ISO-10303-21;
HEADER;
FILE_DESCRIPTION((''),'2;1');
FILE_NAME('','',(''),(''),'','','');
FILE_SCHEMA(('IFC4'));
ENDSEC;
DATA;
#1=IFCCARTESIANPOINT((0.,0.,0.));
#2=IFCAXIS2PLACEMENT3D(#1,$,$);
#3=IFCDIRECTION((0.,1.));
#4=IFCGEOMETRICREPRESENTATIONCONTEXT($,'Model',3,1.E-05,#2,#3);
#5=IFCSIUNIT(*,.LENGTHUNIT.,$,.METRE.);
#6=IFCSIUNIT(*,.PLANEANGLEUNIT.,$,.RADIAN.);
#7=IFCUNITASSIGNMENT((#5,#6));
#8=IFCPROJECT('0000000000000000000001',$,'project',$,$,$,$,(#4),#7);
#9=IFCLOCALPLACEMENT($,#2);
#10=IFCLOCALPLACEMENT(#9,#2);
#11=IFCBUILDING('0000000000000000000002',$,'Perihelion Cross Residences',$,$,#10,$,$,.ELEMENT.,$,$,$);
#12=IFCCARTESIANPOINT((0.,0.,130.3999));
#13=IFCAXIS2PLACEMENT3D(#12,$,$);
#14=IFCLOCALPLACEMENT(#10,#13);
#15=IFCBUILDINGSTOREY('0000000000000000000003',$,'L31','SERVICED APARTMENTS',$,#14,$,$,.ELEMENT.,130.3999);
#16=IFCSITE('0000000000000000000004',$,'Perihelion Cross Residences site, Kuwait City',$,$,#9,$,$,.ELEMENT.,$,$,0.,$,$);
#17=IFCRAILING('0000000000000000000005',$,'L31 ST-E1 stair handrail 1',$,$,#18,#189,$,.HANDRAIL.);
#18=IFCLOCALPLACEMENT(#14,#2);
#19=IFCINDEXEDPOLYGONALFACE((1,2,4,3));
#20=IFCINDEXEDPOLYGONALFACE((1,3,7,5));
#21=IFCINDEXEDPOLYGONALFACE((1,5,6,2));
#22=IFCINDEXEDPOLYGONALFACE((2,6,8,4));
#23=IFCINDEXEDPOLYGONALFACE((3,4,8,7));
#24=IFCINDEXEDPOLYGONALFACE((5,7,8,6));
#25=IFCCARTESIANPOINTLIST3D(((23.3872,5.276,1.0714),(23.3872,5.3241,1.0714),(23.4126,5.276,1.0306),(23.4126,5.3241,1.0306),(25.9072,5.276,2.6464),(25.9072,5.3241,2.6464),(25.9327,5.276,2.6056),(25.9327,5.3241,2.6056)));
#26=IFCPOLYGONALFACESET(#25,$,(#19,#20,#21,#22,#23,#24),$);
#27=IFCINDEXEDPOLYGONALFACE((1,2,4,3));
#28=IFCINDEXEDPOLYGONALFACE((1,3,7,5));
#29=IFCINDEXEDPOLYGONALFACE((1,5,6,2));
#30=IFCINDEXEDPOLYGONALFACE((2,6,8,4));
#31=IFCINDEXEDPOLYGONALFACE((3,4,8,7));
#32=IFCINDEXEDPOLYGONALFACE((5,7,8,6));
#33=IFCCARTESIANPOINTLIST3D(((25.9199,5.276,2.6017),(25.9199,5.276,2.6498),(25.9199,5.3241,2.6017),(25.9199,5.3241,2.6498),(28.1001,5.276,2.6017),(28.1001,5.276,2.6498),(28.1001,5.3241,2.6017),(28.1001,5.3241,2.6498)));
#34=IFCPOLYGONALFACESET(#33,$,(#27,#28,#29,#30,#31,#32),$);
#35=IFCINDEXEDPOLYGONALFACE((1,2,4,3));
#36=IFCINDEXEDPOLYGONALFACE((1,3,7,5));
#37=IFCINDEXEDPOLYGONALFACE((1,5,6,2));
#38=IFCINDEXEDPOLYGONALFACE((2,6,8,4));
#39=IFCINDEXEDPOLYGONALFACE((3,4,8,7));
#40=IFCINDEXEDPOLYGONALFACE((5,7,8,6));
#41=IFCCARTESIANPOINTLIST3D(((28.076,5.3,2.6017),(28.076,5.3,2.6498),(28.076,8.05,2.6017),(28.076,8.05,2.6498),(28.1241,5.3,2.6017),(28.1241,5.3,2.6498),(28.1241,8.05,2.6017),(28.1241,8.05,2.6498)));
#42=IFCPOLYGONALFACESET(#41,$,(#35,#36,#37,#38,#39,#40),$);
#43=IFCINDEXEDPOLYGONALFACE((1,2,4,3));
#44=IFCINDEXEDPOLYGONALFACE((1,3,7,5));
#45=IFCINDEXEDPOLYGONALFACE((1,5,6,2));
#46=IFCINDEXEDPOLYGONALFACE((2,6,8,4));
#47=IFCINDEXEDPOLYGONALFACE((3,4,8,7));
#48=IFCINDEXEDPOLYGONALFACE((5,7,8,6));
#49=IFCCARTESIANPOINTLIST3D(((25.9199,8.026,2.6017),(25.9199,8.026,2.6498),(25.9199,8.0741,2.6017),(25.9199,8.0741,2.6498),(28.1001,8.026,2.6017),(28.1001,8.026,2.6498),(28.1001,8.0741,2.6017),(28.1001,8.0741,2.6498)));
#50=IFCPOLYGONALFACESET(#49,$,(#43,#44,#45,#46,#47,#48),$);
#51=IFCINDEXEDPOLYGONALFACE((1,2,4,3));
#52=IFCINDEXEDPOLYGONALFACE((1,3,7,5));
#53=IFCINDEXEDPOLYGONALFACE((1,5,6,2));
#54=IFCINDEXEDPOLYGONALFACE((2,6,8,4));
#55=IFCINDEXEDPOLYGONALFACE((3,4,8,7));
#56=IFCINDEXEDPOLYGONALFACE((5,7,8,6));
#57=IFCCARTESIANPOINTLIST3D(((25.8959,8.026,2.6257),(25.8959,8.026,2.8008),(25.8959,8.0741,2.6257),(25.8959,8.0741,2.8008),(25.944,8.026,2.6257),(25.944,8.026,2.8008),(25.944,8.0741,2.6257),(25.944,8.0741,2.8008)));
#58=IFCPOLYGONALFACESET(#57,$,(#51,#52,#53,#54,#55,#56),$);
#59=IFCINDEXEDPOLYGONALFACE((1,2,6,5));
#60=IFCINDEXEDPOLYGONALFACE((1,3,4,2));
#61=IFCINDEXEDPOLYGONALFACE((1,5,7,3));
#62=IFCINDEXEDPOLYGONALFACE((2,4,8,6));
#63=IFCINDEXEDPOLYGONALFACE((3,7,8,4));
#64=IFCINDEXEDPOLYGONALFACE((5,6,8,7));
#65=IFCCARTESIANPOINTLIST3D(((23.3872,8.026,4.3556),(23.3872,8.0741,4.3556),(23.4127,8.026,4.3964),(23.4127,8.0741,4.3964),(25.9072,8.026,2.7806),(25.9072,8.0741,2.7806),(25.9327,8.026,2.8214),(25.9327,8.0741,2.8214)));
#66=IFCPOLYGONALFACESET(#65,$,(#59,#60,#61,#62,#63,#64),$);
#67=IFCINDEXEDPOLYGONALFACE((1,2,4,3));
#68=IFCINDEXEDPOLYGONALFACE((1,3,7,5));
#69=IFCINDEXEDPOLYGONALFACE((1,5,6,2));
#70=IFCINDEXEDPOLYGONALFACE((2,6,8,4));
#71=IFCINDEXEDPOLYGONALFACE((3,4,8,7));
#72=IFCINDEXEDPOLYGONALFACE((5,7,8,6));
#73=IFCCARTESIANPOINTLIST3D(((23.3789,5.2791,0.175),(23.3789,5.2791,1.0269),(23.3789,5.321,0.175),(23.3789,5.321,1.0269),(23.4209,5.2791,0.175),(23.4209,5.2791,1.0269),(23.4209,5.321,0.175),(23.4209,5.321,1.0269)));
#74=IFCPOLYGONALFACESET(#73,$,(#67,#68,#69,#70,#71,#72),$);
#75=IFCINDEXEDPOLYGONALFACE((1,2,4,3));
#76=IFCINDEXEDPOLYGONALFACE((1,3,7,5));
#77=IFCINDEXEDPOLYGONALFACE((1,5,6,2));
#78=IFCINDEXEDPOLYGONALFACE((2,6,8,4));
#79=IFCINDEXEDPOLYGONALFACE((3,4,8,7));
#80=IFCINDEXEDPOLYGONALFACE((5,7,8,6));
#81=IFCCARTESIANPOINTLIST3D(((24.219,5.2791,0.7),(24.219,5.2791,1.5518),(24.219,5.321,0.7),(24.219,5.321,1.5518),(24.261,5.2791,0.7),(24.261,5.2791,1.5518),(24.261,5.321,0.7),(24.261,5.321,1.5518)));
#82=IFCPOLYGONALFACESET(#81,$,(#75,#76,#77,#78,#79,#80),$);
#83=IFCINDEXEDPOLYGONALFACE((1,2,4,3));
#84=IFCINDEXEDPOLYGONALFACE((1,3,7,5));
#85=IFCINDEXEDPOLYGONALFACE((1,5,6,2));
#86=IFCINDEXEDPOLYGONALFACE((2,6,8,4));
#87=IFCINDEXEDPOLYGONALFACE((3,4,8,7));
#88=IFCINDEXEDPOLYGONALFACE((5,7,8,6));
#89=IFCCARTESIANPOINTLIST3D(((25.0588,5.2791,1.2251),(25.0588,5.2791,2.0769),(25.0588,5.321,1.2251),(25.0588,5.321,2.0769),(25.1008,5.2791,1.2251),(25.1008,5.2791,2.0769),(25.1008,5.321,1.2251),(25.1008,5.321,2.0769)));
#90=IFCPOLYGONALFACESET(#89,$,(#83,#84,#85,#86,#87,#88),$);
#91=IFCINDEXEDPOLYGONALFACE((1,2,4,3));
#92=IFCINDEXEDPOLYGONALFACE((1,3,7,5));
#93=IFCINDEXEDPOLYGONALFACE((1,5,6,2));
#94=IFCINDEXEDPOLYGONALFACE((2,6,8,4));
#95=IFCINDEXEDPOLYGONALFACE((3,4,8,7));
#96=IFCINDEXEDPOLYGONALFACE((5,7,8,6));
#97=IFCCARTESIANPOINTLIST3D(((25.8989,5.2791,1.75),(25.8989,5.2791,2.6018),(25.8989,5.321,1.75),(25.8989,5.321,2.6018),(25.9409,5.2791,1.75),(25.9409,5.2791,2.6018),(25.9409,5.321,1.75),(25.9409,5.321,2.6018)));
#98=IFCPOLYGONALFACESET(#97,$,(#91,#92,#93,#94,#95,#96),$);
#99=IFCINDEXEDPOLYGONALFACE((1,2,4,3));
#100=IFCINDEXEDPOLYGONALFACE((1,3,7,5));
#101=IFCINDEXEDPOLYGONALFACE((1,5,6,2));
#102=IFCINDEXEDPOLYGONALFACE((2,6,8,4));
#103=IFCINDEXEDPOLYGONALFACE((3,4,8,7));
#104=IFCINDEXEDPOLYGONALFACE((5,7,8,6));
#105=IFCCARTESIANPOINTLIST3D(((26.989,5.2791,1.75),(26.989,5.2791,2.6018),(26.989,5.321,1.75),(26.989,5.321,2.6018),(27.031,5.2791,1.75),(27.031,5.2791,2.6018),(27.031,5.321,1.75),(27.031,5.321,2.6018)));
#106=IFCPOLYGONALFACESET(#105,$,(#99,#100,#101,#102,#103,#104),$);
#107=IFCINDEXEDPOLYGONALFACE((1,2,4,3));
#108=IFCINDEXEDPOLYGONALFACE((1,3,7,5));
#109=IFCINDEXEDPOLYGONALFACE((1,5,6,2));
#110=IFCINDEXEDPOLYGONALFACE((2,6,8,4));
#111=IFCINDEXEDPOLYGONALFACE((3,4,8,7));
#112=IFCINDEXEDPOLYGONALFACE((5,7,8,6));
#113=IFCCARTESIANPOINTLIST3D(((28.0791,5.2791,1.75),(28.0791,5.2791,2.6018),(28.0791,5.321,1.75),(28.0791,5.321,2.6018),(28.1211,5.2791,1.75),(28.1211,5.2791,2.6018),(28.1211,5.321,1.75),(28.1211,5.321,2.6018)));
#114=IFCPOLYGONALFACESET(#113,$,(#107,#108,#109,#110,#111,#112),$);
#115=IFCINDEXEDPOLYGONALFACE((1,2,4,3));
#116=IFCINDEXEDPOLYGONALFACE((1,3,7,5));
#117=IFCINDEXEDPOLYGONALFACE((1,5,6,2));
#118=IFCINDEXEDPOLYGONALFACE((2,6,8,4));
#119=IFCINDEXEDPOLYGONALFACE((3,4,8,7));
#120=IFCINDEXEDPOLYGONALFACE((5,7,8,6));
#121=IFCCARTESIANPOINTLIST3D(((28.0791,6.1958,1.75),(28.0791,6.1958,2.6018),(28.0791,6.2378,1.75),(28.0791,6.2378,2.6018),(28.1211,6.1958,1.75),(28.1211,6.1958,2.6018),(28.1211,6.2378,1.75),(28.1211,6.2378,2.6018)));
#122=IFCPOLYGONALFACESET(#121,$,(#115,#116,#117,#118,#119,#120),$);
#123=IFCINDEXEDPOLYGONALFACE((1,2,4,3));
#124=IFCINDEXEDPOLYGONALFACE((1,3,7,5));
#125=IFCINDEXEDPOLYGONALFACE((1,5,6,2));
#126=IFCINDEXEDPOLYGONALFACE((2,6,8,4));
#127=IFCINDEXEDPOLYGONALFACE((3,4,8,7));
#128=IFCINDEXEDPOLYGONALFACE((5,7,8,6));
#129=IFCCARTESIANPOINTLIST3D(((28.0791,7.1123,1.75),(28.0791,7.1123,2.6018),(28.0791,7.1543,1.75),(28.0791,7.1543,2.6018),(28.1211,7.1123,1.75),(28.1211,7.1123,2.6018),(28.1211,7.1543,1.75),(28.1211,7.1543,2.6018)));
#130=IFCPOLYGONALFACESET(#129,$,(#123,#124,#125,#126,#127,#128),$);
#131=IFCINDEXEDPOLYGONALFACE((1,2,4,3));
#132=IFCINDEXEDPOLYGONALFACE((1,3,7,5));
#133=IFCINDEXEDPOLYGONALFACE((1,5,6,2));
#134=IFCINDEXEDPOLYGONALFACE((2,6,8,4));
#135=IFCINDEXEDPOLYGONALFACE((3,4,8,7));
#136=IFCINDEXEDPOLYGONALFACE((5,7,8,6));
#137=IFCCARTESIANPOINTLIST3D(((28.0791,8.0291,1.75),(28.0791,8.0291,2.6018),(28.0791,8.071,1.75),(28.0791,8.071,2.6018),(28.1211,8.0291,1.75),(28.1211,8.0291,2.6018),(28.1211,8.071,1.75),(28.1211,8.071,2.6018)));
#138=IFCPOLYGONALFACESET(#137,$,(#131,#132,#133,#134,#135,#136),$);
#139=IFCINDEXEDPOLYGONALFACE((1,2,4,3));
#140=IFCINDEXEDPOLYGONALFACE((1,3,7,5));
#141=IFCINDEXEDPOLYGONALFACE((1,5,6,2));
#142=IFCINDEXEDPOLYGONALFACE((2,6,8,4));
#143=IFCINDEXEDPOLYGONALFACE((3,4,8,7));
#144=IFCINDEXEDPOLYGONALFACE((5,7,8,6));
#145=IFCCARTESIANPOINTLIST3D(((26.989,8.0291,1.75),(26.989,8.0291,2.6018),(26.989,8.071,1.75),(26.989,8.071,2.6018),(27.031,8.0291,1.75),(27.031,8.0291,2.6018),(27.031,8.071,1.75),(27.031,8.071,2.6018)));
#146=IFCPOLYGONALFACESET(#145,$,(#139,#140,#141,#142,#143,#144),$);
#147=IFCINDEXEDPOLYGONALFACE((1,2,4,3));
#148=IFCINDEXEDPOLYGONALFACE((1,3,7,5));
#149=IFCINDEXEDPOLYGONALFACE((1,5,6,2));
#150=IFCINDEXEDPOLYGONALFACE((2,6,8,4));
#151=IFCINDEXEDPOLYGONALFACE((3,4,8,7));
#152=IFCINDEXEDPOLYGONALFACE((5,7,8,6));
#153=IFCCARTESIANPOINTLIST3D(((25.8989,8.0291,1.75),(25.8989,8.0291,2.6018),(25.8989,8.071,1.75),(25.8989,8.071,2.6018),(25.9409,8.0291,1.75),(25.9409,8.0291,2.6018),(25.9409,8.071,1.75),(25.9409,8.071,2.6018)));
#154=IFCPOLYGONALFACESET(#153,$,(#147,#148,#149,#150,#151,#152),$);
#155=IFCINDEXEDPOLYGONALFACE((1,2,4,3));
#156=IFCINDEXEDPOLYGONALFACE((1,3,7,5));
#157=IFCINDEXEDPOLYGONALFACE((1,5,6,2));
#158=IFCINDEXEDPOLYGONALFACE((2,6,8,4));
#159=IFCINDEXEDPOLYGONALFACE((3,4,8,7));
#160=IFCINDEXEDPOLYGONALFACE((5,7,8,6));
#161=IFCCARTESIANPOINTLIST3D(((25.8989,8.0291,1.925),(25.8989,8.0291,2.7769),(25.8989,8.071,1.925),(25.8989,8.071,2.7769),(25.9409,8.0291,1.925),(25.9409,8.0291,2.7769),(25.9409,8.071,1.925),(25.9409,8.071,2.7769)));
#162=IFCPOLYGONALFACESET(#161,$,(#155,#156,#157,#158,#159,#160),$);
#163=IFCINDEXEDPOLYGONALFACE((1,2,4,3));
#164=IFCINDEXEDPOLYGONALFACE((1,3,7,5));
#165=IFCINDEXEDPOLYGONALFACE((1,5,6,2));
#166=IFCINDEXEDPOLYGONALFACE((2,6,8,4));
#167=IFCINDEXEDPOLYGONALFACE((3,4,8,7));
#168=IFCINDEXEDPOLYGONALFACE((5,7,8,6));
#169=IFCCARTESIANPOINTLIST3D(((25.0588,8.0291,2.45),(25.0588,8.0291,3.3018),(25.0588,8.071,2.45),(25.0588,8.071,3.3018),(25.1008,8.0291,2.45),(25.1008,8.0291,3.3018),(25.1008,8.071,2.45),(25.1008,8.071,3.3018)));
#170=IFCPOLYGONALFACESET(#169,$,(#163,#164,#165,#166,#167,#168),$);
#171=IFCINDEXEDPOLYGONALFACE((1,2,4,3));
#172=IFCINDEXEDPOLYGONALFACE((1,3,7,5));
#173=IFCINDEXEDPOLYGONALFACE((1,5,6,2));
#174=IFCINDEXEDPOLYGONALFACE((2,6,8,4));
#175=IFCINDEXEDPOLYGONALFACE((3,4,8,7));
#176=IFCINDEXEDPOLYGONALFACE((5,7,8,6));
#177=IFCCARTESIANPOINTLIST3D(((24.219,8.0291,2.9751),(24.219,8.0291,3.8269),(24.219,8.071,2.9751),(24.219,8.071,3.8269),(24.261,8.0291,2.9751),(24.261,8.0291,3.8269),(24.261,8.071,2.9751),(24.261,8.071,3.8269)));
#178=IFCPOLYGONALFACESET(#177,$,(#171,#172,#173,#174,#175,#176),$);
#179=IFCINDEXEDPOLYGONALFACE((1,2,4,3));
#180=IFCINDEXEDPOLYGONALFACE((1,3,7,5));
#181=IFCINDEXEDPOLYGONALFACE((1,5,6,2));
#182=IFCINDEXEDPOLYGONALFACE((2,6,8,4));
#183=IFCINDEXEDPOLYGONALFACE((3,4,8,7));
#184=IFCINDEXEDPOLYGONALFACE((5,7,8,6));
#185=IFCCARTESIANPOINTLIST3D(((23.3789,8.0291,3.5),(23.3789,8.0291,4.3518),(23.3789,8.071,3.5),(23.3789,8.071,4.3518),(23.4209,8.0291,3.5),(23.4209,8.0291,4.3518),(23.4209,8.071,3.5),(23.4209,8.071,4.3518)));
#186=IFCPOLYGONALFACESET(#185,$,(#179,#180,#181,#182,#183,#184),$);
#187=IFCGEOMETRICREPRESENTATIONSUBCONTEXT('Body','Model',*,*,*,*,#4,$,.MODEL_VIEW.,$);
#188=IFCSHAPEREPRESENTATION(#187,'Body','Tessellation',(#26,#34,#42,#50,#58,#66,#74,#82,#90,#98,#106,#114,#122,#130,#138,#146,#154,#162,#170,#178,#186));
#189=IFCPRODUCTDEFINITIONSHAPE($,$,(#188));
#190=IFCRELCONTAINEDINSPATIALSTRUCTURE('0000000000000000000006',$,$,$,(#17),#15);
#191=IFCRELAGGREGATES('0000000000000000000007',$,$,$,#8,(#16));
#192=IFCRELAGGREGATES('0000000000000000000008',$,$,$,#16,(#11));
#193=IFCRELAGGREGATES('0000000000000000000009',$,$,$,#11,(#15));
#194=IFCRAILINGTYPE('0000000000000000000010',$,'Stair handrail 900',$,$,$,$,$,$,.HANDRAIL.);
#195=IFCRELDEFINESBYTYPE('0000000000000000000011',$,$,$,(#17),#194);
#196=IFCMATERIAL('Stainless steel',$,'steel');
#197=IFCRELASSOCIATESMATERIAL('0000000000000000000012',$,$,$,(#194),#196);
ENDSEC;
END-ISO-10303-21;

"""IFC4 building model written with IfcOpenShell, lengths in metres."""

from ifc_helpers import new_model, si_unit, direction, frame, origin, origin_2d, place, context, subcontext, project, spatial, rectangle, extrude, material, type_object, element, save


model = new_model("IFC4")

# Units and contexts
model_context = context("Model", 3, precision=1e-05, world=origin(), true_north=direction((0.0, 1.0)))
body_context = subcontext(model_context, "Body", "Model", "MODEL_VIEW")
ifc_project = project(units=[si_unit("LENGTHUNIT", "METRE"), si_unit("PLANEANGLEUNIT", "RADIAN")], contexts=[model_context])

# Site, building, storey
site_placement = place(None, origin())
site = spatial("IfcSite", under=ifc_project, at=site_placement, Name="Perihelion Cross Residences site, Kuwait City", CompositionType="ELEMENT", RefElevation=0.0)
building_placement = place(site_placement, origin())
building = spatial("IfcBuilding", under=site, at=building_placement, Name="Perihelion Cross Residences", CompositionType="ELEMENT")
storey_placement = place(building_placement, frame((0.0, 0.0, 130.3999)))
storey = spatial("IfcBuildingStorey", under=building, at=storey_placement, Name="L31", Description="SERVICED APARTMENTS", CompositionType="ELEMENT", Elevation=130.3999)

# Railing
ifc_material_1 = material(Name="Stainless steel", Category="steel")
railing_type_1 = type_object("IfcRailingType", Name="Stair handrail 900", PredefinedType="HANDRAIL", material=ifc_material_1)
railing_1_placement = place(storey_placement, frame((23.3999, 5.3, 0.175)))
element("IfcRailing", 1, at=railing_1_placement, inside=storey, type_object=railing_type_1, Name="L31 ST-E1 stair handrail 1", PredefinedType="HANDRAIL", context=body_context, shape_type="SweptSolid", body=[
    extrude(rectangle(XDim=0.0481, YDim=0.0481, at=origin_2d()), frame((0.0, 0.0, 0.876), z_axis=(0.848008, 0.0, 0.529984), x_axis=(0.0, 1.0, 0.0)), (0.0, 0.0, 1.0), 2.9717),
    extrude(rectangle(XDim=0.0481, YDim=0.0481, at=origin_2d()), frame((2.52, 0.0, 2.4507), z_axis=(1.0, 0.0, 0.0), x_axis=(0.0, 1.0, 0.0)), (0.0, 0.0, 1.0), 2.1802),
    extrude(rectangle(XDim=0.0481, YDim=0.0481, at=origin_2d()), frame((4.7002, 0.0, 2.4507), z_axis=(0.0, 1.0, 0.0), x_axis=(-1.0, 0.0, 0.0)), (0.0, 0.0, 1.0), 2.75),
    extrude(rectangle(XDim=0.0481, YDim=0.0481, at=origin_2d()), frame((4.7002, 2.75, 2.4507), z_axis=(-1.0, 0.0, 0.0), x_axis=(0.0, -1.0, 0.0)), (0.0, 0.0, 1.0), 2.1802),
    extrude(rectangle(XDim=0.0481, YDim=0.0481, at=origin_2d()), frame((2.52, 2.75, 2.4507), z_axis=(0.0, 0.0, 1.0), x_axis=(1.0, 0.0, 0.0)), (0.0, 0.0, 1.0), 0.175),
    extrude(rectangle(XDim=0.0481, YDim=0.0481, at=origin_2d()), frame((2.52, 2.75, 2.626), z_axis=(-0.848008, 0.0, 0.529984), x_axis=(0.0, -1.0, 0.0)), (0.0, 0.0, 1.0), 2.9717),
    extrude(rectangle(XDim=0.042, YDim=0.042, at=origin_2d()), origin(), (0.0, 0.0, 1.0), 0.8518),
    extrude(rectangle(XDim=0.042, YDim=0.042, at=origin_2d()), frame((0.8401, 0.0, 0.5249)), (0.0, 0.0, 1.0), 0.8518),
    extrude(rectangle(XDim=0.042, YDim=0.042, at=origin_2d()), frame((1.6799, 0.0, 1.05)), (0.0, 0.0, 1.0), 0.8518),
    extrude(rectangle(XDim=0.042, YDim=0.042, at=origin_2d()), frame((2.52, 0.0, 1.575)), (0.0, 0.0, 1.0), 0.8518),
    extrude(rectangle(XDim=0.042, YDim=0.042, at=origin_2d()), frame((3.6101, 0.0, 1.575)), (0.0, 0.0, 1.0), 0.8518),
    extrude(rectangle(XDim=0.042, YDim=0.042, at=origin_2d()), frame((4.7002, 0.0, 1.575)), (0.0, 0.0, 1.0), 0.8518),
    extrude(rectangle(XDim=0.042, YDim=0.042, at=origin_2d()), frame((4.7002, 0.9167, 1.575)), (0.0, 0.0, 1.0), 0.8518),
    extrude(rectangle(XDim=0.042, YDim=0.042, at=origin_2d()), frame((4.7002, 1.8333, 1.575)), (0.0, 0.0, 1.0), 0.8518),
    extrude(rectangle(XDim=0.042, YDim=0.042, at=origin_2d()), frame((4.7002, 2.75, 1.575)), (0.0, 0.0, 1.0), 0.8518),
    extrude(rectangle(XDim=0.042, YDim=0.042, at=origin_2d()), frame((3.6101, 2.75, 1.575)), (0.0, 0.0, 1.0), 0.8518),
    extrude(rectangle(XDim=0.042, YDim=0.042, at=origin_2d()), frame((2.52, 2.75, 1.575)), (0.0, 0.0, 1.0), 0.8518),
    extrude(rectangle(XDim=0.042, YDim=0.042, at=origin_2d()), frame((2.52, 2.75, 1.75)), (0.0, 0.0, 1.0), 0.8518),
    extrude(rectangle(XDim=0.042, YDim=0.042, at=origin_2d()), frame((1.6799, 2.75, 2.2749)), (0.0, 0.0, 1.0), 0.8518),
    extrude(rectangle(XDim=0.042, YDim=0.042, at=origin_2d()), frame((0.8401, 2.75, 2.8)), (0.0, 0.0, 1.0), 0.8518),
    extrude(rectangle(XDim=0.042, YDim=0.042, at=origin_2d()), frame((0.0, 2.75, 3.325)), (0.0, 0.0, 1.0), 0.8518),
])

save(model, "model.ifc")
